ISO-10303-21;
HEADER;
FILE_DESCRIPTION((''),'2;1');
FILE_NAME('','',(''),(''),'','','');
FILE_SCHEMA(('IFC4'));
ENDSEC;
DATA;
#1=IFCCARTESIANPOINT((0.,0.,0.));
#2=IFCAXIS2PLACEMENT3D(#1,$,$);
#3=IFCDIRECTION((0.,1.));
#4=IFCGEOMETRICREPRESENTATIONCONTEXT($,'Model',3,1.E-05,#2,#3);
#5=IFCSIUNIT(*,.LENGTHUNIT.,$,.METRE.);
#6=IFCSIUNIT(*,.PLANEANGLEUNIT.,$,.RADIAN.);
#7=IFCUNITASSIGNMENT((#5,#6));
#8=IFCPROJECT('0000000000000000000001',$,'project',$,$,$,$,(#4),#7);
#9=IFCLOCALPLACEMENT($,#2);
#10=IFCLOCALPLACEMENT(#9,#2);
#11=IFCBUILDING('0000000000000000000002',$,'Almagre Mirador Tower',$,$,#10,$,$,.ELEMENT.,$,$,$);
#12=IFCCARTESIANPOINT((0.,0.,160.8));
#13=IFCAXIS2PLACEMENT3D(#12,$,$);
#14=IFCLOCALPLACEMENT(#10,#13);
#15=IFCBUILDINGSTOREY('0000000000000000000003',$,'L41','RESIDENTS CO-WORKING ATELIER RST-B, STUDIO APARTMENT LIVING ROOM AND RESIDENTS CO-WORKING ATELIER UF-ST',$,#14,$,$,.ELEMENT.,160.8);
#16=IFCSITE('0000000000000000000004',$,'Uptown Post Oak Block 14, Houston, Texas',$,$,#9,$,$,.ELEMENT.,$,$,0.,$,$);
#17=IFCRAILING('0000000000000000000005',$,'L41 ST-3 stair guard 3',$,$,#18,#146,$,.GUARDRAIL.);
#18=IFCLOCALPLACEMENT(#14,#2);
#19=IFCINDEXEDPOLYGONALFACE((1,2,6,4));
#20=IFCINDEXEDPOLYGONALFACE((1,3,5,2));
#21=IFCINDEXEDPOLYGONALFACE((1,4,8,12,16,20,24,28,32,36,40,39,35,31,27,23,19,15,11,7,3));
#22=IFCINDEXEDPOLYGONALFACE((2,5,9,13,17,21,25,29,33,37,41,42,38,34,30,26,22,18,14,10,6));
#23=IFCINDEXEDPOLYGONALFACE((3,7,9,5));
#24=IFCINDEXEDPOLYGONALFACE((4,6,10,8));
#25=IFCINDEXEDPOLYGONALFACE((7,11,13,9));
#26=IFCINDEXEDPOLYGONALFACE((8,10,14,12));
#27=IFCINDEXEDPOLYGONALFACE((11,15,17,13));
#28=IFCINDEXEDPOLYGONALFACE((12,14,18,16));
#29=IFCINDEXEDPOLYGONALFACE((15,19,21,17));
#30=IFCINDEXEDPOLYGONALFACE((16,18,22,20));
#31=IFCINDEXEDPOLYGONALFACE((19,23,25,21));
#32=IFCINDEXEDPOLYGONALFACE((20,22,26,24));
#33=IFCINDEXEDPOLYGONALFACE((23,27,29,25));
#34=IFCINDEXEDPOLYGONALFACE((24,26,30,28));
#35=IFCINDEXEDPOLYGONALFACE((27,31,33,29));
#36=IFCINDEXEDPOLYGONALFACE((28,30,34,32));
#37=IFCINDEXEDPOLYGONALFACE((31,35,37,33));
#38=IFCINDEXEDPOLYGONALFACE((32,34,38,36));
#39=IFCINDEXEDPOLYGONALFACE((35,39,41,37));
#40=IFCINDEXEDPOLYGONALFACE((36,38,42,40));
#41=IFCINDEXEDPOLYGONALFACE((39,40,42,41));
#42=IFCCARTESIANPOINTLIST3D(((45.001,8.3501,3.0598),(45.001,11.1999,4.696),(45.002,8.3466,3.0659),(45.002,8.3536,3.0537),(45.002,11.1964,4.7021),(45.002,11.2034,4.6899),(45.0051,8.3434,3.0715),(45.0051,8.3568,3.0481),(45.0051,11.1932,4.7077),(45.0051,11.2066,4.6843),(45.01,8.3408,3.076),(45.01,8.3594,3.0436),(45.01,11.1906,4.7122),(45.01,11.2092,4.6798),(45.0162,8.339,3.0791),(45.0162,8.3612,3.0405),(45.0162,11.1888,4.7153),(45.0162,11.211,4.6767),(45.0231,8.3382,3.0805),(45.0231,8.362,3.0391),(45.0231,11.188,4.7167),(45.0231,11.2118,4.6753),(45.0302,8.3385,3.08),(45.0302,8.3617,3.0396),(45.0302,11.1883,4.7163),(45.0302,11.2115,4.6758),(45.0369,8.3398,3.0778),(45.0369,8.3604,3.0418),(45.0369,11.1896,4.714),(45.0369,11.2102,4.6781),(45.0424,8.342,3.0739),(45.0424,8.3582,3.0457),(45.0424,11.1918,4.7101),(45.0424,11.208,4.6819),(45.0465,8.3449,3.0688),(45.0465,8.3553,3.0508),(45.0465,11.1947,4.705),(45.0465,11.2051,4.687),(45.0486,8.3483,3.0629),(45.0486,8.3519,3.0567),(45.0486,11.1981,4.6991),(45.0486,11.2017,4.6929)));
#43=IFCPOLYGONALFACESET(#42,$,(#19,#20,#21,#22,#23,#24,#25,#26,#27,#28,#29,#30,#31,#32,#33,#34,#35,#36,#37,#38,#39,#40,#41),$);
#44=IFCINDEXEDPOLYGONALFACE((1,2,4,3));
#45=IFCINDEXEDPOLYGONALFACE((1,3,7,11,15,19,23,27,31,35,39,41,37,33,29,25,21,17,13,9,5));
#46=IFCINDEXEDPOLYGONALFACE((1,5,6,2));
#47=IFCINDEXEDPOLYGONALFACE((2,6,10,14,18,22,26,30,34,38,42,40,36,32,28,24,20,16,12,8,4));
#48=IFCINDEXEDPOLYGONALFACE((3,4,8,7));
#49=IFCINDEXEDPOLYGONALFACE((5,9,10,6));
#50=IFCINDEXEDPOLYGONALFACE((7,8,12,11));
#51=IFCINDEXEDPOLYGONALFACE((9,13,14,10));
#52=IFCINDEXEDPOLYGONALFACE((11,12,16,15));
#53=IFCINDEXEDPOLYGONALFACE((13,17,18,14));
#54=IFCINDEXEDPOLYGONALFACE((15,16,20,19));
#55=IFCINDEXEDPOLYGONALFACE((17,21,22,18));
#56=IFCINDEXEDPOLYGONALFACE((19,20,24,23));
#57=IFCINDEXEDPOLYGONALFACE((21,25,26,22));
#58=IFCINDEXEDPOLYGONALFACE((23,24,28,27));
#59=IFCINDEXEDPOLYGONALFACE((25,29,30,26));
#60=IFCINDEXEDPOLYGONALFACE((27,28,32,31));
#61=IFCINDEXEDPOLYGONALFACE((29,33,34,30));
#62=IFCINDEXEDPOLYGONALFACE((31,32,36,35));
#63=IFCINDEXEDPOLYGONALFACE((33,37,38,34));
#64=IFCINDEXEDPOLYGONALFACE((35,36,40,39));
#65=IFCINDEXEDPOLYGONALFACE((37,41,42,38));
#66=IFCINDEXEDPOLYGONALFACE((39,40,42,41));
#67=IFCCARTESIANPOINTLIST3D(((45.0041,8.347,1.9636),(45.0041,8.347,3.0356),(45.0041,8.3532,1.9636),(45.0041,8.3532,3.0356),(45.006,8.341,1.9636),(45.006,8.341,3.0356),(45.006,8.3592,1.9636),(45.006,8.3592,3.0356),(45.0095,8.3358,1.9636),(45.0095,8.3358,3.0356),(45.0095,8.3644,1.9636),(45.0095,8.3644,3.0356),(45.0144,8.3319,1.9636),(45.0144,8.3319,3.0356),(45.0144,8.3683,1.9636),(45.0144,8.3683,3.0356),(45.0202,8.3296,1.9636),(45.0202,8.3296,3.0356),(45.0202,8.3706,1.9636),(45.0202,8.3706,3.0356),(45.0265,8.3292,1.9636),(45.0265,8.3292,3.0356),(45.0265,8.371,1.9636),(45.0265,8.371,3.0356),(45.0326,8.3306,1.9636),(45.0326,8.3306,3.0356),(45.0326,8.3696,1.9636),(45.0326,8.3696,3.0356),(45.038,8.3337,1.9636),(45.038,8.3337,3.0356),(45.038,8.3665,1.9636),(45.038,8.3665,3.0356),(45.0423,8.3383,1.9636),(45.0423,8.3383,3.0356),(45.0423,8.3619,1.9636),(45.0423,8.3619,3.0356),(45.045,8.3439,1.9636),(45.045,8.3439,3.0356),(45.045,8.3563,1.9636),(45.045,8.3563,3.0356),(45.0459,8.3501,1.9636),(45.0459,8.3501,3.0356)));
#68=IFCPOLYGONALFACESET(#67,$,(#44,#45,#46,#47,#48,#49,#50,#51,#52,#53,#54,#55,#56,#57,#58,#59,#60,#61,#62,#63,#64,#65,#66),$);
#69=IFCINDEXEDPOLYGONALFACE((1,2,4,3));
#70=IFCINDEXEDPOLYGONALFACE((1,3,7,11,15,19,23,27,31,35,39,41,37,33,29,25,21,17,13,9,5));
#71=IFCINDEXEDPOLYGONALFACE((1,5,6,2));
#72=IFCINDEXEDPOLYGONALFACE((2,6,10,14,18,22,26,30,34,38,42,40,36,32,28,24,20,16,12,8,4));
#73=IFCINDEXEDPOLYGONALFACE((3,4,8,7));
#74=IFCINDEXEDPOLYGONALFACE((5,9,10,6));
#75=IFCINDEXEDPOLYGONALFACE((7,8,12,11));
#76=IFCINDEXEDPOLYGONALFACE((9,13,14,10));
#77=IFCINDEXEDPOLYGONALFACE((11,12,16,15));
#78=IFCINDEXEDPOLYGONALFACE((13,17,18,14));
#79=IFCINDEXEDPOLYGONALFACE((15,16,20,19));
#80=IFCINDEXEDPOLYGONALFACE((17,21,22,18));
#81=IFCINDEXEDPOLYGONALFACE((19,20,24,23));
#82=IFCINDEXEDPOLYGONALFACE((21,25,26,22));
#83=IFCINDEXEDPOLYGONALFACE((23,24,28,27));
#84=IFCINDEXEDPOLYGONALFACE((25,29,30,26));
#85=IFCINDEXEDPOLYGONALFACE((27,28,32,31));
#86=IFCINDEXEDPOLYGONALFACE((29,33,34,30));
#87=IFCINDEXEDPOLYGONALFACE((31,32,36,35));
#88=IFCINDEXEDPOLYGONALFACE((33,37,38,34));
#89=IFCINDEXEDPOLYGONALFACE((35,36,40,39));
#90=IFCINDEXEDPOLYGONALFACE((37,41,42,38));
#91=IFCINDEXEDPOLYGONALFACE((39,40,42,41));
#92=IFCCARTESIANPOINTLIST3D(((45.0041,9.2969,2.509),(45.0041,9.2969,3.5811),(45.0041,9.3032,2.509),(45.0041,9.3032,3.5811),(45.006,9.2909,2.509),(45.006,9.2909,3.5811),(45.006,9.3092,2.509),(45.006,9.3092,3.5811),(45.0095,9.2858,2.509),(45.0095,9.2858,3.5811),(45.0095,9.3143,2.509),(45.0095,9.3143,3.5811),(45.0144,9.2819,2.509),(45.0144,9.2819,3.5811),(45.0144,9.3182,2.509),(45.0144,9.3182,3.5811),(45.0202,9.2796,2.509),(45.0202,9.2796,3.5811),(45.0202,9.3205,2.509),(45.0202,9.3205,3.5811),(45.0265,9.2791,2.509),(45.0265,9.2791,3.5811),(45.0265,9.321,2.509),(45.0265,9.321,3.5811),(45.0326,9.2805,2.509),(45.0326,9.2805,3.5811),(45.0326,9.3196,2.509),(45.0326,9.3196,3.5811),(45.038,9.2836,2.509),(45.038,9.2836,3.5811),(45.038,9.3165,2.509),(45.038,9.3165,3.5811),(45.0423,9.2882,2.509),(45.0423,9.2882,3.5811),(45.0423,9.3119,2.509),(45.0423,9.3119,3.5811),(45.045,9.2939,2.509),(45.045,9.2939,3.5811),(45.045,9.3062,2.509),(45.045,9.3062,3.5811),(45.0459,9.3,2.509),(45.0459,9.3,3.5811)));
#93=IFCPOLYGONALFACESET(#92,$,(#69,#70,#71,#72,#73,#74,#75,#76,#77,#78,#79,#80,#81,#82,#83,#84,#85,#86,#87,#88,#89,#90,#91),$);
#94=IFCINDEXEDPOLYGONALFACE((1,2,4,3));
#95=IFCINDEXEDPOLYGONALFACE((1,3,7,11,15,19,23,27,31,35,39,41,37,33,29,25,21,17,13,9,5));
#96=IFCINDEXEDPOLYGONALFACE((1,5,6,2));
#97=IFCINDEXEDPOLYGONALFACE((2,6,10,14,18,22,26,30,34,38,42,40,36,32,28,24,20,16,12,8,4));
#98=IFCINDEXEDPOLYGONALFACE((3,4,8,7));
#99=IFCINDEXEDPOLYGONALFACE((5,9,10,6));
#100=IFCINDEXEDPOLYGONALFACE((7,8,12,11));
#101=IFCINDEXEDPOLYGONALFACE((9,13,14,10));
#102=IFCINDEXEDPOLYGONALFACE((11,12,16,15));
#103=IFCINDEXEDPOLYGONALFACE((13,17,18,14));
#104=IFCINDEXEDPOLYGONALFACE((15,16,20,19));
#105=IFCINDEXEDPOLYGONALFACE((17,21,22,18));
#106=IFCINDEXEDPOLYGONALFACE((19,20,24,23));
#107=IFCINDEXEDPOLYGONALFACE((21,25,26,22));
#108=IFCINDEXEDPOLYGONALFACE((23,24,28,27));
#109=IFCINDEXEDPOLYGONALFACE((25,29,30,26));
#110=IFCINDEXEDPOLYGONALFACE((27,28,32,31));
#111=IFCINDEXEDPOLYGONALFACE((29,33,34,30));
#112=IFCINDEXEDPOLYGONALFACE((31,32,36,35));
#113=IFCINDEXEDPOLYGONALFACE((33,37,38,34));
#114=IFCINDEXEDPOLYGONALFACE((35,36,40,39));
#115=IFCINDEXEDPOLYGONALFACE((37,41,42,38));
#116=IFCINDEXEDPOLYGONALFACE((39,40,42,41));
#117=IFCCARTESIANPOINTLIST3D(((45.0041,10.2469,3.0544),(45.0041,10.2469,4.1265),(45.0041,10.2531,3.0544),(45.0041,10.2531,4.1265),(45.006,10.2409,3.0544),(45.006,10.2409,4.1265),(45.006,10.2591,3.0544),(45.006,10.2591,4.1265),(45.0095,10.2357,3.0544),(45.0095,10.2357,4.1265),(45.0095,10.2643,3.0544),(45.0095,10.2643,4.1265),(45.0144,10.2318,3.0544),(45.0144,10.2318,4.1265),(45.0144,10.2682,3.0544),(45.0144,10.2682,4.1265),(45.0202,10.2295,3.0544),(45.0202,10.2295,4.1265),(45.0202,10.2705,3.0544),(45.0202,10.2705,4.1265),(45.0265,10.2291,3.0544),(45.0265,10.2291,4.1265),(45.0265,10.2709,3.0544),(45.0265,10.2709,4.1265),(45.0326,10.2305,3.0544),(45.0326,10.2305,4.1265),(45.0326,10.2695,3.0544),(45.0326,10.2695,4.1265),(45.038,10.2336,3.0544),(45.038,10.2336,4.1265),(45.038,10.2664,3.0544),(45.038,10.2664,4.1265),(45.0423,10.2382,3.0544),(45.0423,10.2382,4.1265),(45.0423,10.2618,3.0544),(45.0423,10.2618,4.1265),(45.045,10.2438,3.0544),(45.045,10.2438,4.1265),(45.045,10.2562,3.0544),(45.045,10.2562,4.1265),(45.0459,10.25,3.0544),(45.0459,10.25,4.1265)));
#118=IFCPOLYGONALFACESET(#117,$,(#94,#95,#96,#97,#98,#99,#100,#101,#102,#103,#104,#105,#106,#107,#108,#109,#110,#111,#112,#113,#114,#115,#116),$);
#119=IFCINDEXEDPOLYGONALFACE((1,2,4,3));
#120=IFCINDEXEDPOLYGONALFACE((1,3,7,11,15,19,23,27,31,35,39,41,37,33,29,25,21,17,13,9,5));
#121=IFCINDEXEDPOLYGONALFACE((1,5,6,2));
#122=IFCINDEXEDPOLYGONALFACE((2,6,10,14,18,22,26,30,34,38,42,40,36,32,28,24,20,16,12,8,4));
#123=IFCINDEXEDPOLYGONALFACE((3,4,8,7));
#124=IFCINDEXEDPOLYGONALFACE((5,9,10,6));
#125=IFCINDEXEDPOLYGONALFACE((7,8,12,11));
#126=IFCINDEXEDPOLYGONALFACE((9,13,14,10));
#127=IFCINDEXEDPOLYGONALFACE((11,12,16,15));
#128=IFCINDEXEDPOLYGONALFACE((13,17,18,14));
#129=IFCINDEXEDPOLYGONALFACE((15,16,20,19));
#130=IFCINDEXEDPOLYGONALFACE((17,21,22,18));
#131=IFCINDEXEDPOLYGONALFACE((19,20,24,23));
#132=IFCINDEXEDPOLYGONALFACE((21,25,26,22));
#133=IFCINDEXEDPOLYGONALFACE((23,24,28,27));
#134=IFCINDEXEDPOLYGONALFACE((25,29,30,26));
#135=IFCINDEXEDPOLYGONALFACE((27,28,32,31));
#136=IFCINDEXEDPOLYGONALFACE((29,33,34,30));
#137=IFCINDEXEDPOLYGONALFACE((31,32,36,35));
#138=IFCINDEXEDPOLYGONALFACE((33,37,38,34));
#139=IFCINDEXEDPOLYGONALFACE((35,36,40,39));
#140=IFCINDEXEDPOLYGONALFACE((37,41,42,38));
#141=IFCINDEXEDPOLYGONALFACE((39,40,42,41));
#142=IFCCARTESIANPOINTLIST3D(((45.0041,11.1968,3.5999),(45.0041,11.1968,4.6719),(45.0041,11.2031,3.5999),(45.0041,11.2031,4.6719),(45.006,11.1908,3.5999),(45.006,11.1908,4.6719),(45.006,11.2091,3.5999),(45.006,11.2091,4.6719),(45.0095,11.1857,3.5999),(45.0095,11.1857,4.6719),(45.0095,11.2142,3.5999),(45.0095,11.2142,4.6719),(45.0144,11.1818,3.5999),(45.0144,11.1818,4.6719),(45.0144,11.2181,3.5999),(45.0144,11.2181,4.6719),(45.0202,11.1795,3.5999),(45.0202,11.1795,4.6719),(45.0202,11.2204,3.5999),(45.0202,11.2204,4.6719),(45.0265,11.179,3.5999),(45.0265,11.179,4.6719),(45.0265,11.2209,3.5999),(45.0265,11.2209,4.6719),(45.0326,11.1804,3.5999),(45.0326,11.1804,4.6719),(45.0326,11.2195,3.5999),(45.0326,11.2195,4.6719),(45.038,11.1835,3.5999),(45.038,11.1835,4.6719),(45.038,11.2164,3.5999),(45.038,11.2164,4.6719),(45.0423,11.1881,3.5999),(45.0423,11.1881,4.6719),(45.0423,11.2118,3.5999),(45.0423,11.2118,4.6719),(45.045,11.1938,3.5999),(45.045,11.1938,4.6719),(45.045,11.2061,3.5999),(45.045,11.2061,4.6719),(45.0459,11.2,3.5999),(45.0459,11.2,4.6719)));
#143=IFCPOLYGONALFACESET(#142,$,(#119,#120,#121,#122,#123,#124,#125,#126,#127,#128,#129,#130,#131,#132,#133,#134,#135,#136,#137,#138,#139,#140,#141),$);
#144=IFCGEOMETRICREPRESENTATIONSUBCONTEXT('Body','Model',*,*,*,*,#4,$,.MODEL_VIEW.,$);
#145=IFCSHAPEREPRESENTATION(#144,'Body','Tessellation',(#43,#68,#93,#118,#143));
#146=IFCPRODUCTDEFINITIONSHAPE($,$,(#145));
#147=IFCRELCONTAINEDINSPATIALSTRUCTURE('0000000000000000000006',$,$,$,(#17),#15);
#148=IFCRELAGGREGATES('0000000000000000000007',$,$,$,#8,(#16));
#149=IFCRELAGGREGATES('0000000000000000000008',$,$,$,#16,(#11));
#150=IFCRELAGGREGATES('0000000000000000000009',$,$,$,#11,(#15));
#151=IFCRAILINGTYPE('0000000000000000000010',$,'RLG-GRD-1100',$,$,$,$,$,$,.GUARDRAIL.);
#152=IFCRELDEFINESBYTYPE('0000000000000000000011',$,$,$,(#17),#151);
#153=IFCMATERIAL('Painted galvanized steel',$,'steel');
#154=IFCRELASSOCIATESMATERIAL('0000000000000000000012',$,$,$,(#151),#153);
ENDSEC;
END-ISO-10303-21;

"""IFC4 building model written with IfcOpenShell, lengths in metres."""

from ifc_helpers import new_model, si_unit, direction, frame, origin, origin_2d, place, context, subcontext, project, spatial, circle, extrude, material, type_object, element, save


model = new_model("IFC4")

# Units and contexts
model_context = context("Model", 3, precision=1e-05, world=origin(), true_north=direction((0.0, 1.0)))
body_context = subcontext(model_context, "Body", "Model", "MODEL_VIEW")
ifc_project = project(units=[si_unit("LENGTHUNIT", "METRE"), si_unit("PLANEANGLEUNIT", "RADIAN")], contexts=[model_context])

# Site, building, storey
site_placement = place(None, origin())
site = spatial("IfcSite", under=ifc_project, at=site_placement, Name="Uptown Post Oak Block 14, Houston, Texas", CompositionType="ELEMENT", RefElevation=0.0)
building_placement = place(site_placement, origin())
building = spatial("IfcBuilding", under=site, at=building_placement, Name="Almagre Mirador Tower", CompositionType="ELEMENT")
storey_placement = place(building_placement, frame((0.0, 0.0, 160.8)))
storey = spatial("IfcBuildingStorey", under=building, at=storey_placement, Name="L41", Description="RESIDENTS CO-WORKING ATELIER RST-B, STUDIO APARTMENT LIVING ROOM AND RESIDENTS CO-WORKING ATELIER UF-ST", CompositionType="ELEMENT", Elevation=160.8)

# Railing
ifc_material_1 = material(Name="Painted galvanized steel", Category="steel")
railing_type_1 = type_object("IfcRailingType", Name="RLG-GRD-1100", PredefinedType="GUARDRAIL", material=ifc_material_1)
railing_1_placement = place(storey_placement, frame((45.0249, 8.3501, 1.9636)))
element("IfcRailing", 1, at=railing_1_placement, inside=storey, type_object=railing_type_1, Name="L41 ST-3 stair guard 3", PredefinedType="GUARDRAIL", context=body_context, shape_type="SweptSolid", body=[
    extrude(circle(Radius=0.0239, at=origin_2d()), frame((0.0, 0.0, 1.0962), z_axis=(0.0, 0.867226, 0.497914), x_axis=(-1.0, 0.0, 0.0)), (0.0, 0.0, 1.0), 3.2861),
    extrude(circle(Radius=0.021, at=origin_2d()), origin(), (0.0, 0.0, 1.0), 1.072),
    extrude(circle(Radius=0.021, at=origin_2d()), frame((0.0, 0.95, 0.5454)), (0.0, 0.0, 1.0), 1.072),
    extrude(circle(Radius=0.021, at=origin_2d()), frame((0.0, 1.8999, 1.0908)), (0.0, 0.0, 1.0), 1.072),
    extrude(circle(Radius=0.021, at=origin_2d()), frame((0.0, 2.8499, 1.6362)), (0.0, 0.0, 1.0), 1.072),
])

save(model, "model.ifc")
